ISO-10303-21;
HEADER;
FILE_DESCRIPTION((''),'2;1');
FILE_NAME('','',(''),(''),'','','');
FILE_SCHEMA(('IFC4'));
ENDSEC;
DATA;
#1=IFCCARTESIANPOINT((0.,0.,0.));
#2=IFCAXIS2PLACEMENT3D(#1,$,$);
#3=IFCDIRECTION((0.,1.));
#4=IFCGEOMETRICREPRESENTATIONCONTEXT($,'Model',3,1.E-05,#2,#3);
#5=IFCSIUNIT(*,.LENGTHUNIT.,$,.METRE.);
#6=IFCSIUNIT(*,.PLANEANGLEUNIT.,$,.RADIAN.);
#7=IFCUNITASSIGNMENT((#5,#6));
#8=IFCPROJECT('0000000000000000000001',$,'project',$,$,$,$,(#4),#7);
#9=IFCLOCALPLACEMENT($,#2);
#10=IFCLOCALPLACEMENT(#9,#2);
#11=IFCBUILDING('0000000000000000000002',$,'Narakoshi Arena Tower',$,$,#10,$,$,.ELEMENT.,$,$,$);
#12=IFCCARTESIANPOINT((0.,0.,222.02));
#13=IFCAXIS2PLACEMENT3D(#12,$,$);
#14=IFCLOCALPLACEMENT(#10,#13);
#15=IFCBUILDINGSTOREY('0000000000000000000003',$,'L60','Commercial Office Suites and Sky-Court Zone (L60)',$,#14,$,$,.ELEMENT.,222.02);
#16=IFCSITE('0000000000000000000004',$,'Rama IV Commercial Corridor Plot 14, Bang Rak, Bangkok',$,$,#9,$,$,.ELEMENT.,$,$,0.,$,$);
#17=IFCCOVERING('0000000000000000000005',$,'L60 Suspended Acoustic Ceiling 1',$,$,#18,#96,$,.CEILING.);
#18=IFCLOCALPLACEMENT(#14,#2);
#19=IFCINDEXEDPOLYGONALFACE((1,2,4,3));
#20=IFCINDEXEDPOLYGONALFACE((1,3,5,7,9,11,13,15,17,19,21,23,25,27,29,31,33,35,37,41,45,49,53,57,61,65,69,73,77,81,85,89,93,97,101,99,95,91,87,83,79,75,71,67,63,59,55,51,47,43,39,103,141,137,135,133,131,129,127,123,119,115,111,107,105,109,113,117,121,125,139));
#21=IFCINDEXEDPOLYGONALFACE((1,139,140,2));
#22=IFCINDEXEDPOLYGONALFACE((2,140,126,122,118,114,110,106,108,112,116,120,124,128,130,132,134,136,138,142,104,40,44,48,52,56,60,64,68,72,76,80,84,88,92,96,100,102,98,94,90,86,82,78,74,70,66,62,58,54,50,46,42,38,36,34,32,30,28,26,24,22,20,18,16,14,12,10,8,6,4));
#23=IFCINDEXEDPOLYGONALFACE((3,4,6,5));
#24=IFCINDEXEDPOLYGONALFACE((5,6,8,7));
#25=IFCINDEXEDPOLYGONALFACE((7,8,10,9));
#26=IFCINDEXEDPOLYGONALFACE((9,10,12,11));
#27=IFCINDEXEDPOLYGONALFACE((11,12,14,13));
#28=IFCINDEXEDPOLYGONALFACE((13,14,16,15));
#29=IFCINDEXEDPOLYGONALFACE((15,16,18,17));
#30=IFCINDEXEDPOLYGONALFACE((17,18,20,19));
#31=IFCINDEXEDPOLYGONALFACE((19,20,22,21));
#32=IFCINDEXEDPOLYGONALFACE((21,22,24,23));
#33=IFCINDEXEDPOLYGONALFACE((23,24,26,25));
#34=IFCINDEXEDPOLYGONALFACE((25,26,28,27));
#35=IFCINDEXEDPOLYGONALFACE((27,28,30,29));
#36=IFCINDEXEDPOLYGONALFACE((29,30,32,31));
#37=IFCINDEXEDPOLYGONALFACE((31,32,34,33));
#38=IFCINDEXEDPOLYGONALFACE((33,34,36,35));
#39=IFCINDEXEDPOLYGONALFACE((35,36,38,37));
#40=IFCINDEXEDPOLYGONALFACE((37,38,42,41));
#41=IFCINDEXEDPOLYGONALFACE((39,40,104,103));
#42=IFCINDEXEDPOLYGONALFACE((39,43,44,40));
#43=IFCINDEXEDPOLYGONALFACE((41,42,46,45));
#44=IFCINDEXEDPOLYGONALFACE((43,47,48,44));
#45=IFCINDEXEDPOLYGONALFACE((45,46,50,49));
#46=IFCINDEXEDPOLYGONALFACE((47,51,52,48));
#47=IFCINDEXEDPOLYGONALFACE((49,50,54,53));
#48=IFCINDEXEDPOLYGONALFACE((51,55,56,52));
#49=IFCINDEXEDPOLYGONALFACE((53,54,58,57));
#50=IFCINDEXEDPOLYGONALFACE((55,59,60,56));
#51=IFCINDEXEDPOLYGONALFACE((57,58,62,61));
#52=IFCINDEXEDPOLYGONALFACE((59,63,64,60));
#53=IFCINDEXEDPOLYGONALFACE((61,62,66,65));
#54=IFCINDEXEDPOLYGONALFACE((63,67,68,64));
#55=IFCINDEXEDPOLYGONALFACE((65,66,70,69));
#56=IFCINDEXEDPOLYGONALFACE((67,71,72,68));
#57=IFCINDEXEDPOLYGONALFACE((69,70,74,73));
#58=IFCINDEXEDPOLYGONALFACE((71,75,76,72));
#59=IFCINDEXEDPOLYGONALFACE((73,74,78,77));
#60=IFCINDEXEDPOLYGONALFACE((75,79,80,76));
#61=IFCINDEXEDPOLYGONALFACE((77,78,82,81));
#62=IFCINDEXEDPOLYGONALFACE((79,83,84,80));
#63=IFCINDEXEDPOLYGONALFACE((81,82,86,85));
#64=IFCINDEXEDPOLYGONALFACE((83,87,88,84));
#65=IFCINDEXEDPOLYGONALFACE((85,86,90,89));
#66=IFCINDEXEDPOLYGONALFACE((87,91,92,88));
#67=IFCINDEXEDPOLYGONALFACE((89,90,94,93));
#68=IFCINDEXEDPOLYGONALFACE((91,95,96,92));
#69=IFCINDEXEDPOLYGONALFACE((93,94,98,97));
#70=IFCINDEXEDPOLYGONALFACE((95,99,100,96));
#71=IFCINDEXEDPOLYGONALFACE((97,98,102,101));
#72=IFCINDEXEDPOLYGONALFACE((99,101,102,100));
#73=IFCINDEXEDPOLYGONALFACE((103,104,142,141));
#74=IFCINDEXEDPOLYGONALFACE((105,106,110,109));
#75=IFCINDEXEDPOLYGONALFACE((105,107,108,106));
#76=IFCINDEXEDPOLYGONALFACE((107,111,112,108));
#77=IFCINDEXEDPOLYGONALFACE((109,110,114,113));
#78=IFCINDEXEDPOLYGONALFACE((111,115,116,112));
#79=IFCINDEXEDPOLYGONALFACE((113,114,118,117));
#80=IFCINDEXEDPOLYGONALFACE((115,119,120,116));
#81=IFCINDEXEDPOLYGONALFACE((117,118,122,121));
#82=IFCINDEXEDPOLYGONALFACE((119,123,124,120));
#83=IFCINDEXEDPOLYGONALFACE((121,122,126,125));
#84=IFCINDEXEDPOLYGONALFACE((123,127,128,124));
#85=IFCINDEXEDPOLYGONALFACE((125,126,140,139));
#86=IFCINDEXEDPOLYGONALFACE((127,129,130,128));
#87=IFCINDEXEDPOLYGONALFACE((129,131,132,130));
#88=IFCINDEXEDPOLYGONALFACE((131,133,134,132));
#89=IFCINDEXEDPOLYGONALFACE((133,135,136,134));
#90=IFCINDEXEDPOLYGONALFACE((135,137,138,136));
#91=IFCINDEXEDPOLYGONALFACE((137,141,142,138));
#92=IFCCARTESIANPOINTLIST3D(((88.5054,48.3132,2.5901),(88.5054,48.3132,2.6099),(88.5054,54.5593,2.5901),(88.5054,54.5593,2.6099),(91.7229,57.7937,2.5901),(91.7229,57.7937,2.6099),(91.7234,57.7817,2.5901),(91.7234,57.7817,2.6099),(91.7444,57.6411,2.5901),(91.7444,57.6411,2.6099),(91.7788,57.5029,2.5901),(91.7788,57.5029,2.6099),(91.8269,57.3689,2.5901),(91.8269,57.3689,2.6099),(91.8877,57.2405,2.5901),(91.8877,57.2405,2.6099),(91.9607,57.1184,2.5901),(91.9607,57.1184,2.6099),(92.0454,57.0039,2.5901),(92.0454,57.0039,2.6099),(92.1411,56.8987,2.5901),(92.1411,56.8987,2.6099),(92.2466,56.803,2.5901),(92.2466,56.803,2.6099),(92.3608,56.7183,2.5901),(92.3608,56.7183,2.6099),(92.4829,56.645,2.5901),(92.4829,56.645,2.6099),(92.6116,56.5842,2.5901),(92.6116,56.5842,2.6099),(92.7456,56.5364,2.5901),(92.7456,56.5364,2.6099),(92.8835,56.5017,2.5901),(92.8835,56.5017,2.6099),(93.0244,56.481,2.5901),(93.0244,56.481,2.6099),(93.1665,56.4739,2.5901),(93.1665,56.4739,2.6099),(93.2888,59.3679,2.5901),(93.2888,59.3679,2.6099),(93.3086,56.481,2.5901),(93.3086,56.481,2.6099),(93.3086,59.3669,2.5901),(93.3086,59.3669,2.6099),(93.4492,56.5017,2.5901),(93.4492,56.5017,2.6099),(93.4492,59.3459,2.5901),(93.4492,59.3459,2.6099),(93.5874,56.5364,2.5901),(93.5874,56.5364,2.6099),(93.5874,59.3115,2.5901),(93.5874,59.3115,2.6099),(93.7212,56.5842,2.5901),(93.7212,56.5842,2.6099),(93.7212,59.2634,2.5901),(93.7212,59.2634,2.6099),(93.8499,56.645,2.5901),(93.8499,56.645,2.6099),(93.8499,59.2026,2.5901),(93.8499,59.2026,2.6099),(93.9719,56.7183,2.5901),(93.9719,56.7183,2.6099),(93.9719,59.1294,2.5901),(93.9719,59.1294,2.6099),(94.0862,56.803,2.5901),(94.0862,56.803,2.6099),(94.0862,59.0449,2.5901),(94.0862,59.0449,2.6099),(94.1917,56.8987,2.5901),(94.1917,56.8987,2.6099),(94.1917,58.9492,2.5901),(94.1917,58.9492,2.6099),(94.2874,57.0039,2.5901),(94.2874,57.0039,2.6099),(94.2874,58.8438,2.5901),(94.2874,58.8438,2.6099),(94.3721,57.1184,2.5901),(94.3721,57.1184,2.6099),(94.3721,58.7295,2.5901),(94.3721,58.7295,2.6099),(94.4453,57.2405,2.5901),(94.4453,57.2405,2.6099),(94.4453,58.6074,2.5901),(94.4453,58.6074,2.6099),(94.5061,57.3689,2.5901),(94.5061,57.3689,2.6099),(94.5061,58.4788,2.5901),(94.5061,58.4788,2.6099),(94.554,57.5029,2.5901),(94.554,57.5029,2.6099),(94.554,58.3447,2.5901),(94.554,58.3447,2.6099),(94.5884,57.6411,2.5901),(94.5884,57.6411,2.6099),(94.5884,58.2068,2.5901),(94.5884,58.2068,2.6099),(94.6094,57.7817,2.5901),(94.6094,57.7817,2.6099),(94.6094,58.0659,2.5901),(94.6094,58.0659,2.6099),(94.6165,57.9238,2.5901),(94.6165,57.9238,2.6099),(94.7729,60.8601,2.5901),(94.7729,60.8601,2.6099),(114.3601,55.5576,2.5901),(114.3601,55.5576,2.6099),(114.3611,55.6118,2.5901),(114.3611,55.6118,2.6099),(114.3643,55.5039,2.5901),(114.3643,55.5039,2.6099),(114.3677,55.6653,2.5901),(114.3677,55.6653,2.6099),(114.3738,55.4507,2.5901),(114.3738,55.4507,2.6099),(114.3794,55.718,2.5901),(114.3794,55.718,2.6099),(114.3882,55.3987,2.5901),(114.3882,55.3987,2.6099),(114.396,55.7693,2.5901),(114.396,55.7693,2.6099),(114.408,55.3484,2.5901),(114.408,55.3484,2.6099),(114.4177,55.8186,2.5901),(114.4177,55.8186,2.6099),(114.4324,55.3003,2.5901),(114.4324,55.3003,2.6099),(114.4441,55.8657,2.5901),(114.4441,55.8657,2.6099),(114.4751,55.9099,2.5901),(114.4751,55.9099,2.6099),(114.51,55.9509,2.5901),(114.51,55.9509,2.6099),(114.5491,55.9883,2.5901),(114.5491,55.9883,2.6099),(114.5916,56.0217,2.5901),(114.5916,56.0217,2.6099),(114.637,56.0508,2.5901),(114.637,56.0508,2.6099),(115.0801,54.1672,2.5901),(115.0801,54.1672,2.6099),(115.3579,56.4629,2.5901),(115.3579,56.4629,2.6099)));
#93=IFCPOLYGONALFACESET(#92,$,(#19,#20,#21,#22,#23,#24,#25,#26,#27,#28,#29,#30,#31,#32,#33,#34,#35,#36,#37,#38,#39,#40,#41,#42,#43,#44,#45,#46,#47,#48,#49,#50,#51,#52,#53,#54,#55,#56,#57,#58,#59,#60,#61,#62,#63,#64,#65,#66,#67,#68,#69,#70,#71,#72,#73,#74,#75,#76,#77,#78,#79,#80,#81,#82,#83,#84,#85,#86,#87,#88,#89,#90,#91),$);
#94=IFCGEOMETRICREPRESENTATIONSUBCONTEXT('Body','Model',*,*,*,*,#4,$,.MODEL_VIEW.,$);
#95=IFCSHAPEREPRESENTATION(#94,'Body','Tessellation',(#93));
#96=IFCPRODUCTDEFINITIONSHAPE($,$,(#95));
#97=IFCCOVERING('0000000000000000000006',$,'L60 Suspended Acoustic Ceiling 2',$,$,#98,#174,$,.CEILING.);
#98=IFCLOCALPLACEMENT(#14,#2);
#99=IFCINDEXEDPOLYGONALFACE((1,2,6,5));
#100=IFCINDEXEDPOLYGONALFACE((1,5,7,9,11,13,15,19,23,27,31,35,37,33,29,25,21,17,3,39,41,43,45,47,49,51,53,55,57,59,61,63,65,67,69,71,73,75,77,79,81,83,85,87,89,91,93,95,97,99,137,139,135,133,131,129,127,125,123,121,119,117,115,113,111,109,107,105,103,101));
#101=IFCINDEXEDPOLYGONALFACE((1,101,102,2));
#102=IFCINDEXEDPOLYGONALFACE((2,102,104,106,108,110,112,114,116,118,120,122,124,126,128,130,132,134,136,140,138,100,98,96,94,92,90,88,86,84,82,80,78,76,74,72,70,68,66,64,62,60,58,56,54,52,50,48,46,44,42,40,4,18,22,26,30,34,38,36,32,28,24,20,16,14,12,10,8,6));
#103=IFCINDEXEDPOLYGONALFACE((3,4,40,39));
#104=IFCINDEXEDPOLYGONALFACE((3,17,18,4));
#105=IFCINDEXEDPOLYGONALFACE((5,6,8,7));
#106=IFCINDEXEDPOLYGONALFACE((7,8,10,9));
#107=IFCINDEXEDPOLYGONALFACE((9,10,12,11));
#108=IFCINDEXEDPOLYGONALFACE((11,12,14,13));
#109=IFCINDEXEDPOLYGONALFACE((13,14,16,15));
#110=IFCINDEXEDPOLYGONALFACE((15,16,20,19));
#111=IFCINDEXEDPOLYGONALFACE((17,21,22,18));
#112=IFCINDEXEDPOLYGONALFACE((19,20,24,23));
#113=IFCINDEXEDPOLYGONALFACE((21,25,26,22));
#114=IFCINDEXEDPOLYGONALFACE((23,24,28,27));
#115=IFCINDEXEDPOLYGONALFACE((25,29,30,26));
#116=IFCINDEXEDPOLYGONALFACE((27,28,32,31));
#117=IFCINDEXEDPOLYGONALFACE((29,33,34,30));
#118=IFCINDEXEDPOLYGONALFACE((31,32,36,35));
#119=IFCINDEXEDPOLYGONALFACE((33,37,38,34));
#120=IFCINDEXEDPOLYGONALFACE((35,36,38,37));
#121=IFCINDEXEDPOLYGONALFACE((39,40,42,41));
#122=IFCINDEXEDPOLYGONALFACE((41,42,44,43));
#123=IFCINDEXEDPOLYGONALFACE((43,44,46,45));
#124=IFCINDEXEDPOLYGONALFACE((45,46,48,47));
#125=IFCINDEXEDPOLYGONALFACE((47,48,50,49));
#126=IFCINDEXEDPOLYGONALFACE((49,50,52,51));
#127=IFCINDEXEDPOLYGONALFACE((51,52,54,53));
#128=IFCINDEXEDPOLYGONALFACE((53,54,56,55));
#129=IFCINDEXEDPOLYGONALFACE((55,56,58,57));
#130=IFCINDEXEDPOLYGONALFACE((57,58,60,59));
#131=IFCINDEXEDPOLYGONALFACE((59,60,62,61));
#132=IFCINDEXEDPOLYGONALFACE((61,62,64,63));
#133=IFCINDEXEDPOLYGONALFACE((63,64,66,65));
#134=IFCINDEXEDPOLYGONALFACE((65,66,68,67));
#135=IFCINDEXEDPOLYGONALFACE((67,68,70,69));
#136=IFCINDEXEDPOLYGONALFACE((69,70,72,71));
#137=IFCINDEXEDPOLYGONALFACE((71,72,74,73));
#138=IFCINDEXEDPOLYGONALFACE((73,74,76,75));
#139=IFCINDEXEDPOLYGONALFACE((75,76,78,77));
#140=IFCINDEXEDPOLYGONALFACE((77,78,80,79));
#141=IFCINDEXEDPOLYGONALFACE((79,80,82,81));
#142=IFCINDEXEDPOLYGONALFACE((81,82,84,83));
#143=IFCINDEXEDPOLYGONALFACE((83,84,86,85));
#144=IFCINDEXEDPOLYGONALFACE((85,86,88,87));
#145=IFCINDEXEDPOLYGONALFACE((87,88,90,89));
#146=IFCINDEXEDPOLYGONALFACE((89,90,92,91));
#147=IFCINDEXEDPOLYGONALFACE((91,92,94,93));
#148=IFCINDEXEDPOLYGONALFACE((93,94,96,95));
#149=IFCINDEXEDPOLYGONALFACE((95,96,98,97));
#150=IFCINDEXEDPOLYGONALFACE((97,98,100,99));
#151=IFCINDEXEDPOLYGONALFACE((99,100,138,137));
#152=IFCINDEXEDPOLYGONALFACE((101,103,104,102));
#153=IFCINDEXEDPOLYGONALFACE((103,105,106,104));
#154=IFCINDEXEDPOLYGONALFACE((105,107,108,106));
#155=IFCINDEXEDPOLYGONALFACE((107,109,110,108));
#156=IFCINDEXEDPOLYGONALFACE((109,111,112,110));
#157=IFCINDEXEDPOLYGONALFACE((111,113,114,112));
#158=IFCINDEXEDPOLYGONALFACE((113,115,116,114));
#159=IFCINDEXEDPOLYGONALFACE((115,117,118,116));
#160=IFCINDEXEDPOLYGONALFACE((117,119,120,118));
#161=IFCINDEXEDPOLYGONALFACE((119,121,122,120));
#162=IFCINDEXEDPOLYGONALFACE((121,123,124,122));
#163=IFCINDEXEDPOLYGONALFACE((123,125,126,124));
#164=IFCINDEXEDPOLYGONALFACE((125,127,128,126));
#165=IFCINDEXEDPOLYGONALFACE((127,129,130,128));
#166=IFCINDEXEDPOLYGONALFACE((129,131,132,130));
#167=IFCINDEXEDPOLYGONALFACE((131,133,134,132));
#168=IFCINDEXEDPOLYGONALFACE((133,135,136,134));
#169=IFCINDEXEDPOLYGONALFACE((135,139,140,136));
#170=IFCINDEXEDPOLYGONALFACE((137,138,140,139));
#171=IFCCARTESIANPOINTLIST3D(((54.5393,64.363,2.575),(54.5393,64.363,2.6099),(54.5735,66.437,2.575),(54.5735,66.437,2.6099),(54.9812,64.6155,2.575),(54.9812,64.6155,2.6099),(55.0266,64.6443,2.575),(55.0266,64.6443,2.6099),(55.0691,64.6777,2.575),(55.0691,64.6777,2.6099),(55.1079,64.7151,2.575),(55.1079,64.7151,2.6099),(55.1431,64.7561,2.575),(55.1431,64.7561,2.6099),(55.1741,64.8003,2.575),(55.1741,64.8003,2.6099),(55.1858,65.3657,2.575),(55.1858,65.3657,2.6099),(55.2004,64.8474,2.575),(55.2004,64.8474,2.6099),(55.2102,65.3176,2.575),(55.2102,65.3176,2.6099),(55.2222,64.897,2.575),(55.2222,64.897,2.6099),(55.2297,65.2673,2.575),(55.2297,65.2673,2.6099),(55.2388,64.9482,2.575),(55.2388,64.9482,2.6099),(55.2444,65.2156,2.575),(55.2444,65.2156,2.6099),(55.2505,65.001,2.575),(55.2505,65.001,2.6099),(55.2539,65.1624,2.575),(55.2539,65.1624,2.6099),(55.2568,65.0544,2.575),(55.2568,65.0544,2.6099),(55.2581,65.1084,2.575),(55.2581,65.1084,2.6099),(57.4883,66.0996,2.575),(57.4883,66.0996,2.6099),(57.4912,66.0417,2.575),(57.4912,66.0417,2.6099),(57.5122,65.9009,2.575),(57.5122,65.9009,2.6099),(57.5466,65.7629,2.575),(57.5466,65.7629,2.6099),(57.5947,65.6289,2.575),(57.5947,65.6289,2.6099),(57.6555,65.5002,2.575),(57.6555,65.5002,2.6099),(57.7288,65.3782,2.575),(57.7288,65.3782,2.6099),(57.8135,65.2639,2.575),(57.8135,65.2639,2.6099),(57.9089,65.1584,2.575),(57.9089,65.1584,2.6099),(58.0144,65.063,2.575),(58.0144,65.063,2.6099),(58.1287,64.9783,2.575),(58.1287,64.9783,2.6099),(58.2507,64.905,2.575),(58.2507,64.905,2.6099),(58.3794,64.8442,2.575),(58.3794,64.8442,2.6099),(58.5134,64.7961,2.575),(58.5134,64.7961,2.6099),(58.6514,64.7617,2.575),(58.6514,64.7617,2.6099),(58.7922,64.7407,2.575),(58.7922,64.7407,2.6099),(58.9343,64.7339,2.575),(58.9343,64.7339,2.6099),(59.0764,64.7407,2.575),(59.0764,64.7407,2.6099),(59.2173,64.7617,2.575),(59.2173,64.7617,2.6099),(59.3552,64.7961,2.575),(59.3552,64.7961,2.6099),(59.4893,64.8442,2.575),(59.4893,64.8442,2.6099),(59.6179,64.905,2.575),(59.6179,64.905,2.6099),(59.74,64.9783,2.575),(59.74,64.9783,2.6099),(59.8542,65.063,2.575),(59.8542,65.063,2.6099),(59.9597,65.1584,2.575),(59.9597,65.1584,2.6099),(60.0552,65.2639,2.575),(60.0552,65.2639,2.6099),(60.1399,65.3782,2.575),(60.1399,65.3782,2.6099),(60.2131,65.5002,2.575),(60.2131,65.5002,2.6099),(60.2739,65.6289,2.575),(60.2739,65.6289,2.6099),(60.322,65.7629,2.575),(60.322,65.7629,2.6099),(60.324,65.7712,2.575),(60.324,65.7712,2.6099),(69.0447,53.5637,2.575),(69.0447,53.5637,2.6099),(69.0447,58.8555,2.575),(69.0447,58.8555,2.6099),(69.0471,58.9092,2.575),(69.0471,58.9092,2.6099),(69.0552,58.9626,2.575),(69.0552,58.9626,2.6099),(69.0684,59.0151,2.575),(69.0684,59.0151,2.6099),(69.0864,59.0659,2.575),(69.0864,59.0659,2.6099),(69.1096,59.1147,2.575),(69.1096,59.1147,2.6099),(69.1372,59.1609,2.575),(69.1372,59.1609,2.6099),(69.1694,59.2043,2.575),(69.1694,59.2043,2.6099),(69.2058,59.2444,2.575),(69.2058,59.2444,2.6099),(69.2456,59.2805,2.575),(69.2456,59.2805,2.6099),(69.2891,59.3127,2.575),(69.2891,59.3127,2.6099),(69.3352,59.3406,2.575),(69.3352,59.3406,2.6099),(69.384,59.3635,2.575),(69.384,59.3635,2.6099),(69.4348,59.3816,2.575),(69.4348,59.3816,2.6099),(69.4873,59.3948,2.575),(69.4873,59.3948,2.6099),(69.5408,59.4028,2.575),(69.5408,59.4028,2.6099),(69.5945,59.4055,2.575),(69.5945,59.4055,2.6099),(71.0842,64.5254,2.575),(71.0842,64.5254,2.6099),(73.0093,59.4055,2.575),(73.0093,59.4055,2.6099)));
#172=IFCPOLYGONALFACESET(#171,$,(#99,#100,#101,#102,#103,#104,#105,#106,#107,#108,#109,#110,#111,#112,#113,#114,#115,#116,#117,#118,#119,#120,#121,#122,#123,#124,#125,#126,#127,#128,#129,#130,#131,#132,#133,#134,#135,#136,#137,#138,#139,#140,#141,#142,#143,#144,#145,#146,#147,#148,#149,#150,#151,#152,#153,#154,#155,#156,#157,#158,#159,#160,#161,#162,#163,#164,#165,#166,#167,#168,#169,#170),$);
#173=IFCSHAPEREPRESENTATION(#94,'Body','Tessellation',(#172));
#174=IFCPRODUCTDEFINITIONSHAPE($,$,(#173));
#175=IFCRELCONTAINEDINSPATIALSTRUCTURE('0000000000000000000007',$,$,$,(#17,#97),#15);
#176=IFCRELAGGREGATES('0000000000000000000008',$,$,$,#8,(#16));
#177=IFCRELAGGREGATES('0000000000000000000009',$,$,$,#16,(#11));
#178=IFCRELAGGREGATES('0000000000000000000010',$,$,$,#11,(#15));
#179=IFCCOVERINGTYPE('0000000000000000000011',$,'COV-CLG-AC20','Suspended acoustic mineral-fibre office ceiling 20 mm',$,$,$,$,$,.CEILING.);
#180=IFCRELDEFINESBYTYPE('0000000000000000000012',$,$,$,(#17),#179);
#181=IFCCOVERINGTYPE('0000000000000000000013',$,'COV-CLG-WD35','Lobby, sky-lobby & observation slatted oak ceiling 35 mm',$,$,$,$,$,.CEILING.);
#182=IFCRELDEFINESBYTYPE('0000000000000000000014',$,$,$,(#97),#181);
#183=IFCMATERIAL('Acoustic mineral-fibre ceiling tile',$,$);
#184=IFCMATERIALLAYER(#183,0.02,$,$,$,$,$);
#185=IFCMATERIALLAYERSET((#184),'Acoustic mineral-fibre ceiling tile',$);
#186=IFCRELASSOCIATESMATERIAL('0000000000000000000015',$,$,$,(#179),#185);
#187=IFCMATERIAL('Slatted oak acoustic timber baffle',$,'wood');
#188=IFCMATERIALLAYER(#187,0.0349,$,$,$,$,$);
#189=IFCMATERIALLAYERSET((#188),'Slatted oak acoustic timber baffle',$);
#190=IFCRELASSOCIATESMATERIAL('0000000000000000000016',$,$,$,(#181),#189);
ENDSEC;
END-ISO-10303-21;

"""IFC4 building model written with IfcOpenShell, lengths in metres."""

from ifc_helpers import new_model, si_unit, direction, frame, origin, place, context, subcontext, project, spatial, polyline, outline, extrude, material, layer, layer_set, type_object, element, save


model = new_model("IFC4")

# Units and contexts
model_context = context("Model", 3, precision=1e-05, world=origin(), true_north=direction((0.0, 1.0)))
body_context = subcontext(model_context, "Body", "Model", "MODEL_VIEW")
ifc_project = project(units=[si_unit("LENGTHUNIT", "METRE"), si_unit("PLANEANGLEUNIT", "RADIAN")], contexts=[model_context])

# Site, building, storey
site_placement = place(None, origin())
site = spatial("IfcSite", under=ifc_project, at=site_placement, Name="Rama IV Commercial Corridor Plot 14, Bang Rak, Bangkok", CompositionType="ELEMENT", RefElevation=0.0)
building_placement = place(site_placement, origin())
building = spatial("IfcBuilding", under=site, at=building_placement, Name="Narakoshi Arena Tower", CompositionType="ELEMENT")
storey_placement = place(building_placement, frame((0.0, 0.0, 222.02)))
storey = spatial("IfcBuildingStorey", under=building, at=storey_placement, Name="L60", Description="Commercial Office Suites and Sky-Court Zone (L60)", CompositionType="ELEMENT", Elevation=222.02)

# Coverings
ifc_material_1 = material(Name="Acoustic mineral-fibre ceiling tile")
ifc_layer_1 = layer(ifc_material_1, 0.02)
ifc_layer_set_1 = layer_set([ifc_layer_1], Name="Acoustic mineral-fibre ceiling tile")
covering_type_1 = type_object("IfcCoveringType", Name="COV-CLG-AC20", Description="Suspended acoustic mineral-fibre office ceiling 20 mm", PredefinedType="CEILING", material=ifc_layer_set_1)
covering_1_placement = place(storey_placement, frame((0.0, 0.0, 2.5901)))
element("IfcCovering", 1, at=covering_1_placement, inside=storey, type_object=covering_type_1, Name="L60 Suspended Acoustic Ceiling 1", PredefinedType="CEILING", context=body_context, shape_type="SweptSolid", body=[
    extrude(outline(polyline([(114.637, 56.0508), (114.5916, 56.0217), (114.5491, 55.9883), (114.51, 55.9509), (114.4751, 55.9099), (114.4441, 55.8657), (114.4177, 55.8186), (114.396, 55.7693), (114.3794, 55.718), (114.3677, 55.6653), (114.3611, 55.6118), (114.3601, 55.5576), (114.3643, 55.5039), (114.3738, 55.4507), (114.3882, 55.3987), (114.408, 55.3484), (114.4324, 55.3003), (115.0801, 54.1672), (88.5054, 48.3132), (88.5054, 54.5593), (91.7229, 57.7937), (91.7234, 57.7817), (91.7444, 57.6411), (91.7788, 57.5029), (91.8269, 57.3689), (91.8877, 57.2405), (91.9607, 57.1184), (92.0454, 57.0039), (92.1411, 56.8987), (92.2466, 56.803), (92.3608, 56.7183), (92.4829, 56.645), (92.6116, 56.5842), (92.7456, 56.5364), (92.8835, 56.5017), (93.0244, 56.481), (93.1665, 56.4739), (93.3086, 56.481), (93.4492, 56.5017), (93.5874, 56.5364), (93.7212, 56.5842), (93.8499, 56.645), (93.9719, 56.7183), (94.0862, 56.803), (94.1917, 56.8987), (94.2874, 57.0039), (94.3721, 57.1184), (94.4453, 57.2405), (94.5061, 57.3689), (94.554, 57.5029), (94.5884, 57.6411), (94.6094, 57.7817), (94.6165, 57.9238), (94.6094, 58.0659), (94.5884, 58.2068), (94.554, 58.3447), (94.5061, 58.4788), (94.4453, 58.6074), (94.3721, 58.7295), (94.2874, 58.8438), (94.1917, 58.9492), (94.0862, 59.0449), (93.9719, 59.1294), (93.8499, 59.2026), (93.7212, 59.2634), (93.5874, 59.3115), (93.4492, 59.3459), (93.3086, 59.3669), (93.2888, 59.3679), (94.7729, 60.8601), (115.3579, 56.4629), (114.637, 56.0508)])), origin(), (0.0, 0.0, 1.0), 0.0198),
])
ifc_material_2 = material(Name="Slatted oak acoustic timber baffle", Category="wood")
ifc_layer_2 = layer(ifc_material_2, 0.0349)
ifc_layer_set_2 = layer_set([ifc_layer_2], Name="Slatted oak acoustic timber baffle")
covering_type_2 = type_object("IfcCoveringType", Name="COV-CLG-WD35", Description="Lobby, sky-lobby & observation slatted oak ceiling 35 mm", PredefinedType="CEILING", material=ifc_layer_set_2)
covering_2_placement = place(storey_placement, frame((0.0, 0.0, 2.575)))
element("IfcCovering", 2, at=covering_2_placement, inside=storey, type_object=covering_type_2, Name="L60 Suspended Acoustic Ceiling 2", PredefinedType="CEILING", context=body_context, shape_type="SweptSolid", body=[
    extrude(outline(polyline([(55.0266, 64.6443), (55.0691, 64.6777), (55.1079, 64.7151), (55.1431, 64.7561), (55.1741, 64.8003), (55.2004, 64.8474), (55.2222, 64.897), (55.2388, 64.9482), (55.2505, 65.001), (55.2568, 65.0544), (55.2581, 65.1084), (55.2539, 65.1624), (55.2444, 65.2156), (55.2297, 65.2673), (55.2102, 65.3176), (55.1858, 65.3657), (54.5735, 66.437), (57.4883, 66.0996), (57.4912, 66.0417), (57.5122, 65.9009), (57.5466, 65.7629), (57.5947, 65.6289), (57.6555, 65.5002), (57.7288, 65.3782), (57.8135, 65.2639), (57.9089, 65.1584), (58.0144, 65.063), (58.1287, 64.9783), (58.2507, 64.905), (58.3794, 64.8442), (58.5134, 64.7961), (58.6514, 64.7617), (58.7922, 64.7407), (58.9343, 64.7339), (59.0764, 64.7407), (59.2173, 64.7617), (59.3552, 64.7961), (59.4893, 64.8442), (59.6179, 64.905), (59.74, 64.9783), (59.8542, 65.063), (59.9597, 65.1584), (60.0552, 65.2639), (60.1399, 65.3782), (60.2131, 65.5002), (60.2739, 65.6289), (60.322, 65.7629), (60.324, 65.7712), (71.0842, 64.5254), (73.0093, 59.4055), (69.5945, 59.4055), (69.5408, 59.4028), (69.4873, 59.3948), (69.4348, 59.3816), (69.384, 59.3635), (69.3352, 59.3406), (69.2891, 59.3127), (69.2456, 59.2805), (69.2058, 59.2444), (69.1694, 59.2043), (69.1372, 59.1609), (69.1096, 59.1147), (69.0864, 59.0659), (69.0684, 59.0151), (69.0552, 58.9626), (69.0471, 58.9092), (69.0447, 58.8555), (69.0447, 53.5637), (54.5393, 64.363), (54.9812, 64.6155), (55.0266, 64.6443)])), origin(), (0.0, 0.0, 1.0), 0.0349),
])

save(model, "model.ifc")
